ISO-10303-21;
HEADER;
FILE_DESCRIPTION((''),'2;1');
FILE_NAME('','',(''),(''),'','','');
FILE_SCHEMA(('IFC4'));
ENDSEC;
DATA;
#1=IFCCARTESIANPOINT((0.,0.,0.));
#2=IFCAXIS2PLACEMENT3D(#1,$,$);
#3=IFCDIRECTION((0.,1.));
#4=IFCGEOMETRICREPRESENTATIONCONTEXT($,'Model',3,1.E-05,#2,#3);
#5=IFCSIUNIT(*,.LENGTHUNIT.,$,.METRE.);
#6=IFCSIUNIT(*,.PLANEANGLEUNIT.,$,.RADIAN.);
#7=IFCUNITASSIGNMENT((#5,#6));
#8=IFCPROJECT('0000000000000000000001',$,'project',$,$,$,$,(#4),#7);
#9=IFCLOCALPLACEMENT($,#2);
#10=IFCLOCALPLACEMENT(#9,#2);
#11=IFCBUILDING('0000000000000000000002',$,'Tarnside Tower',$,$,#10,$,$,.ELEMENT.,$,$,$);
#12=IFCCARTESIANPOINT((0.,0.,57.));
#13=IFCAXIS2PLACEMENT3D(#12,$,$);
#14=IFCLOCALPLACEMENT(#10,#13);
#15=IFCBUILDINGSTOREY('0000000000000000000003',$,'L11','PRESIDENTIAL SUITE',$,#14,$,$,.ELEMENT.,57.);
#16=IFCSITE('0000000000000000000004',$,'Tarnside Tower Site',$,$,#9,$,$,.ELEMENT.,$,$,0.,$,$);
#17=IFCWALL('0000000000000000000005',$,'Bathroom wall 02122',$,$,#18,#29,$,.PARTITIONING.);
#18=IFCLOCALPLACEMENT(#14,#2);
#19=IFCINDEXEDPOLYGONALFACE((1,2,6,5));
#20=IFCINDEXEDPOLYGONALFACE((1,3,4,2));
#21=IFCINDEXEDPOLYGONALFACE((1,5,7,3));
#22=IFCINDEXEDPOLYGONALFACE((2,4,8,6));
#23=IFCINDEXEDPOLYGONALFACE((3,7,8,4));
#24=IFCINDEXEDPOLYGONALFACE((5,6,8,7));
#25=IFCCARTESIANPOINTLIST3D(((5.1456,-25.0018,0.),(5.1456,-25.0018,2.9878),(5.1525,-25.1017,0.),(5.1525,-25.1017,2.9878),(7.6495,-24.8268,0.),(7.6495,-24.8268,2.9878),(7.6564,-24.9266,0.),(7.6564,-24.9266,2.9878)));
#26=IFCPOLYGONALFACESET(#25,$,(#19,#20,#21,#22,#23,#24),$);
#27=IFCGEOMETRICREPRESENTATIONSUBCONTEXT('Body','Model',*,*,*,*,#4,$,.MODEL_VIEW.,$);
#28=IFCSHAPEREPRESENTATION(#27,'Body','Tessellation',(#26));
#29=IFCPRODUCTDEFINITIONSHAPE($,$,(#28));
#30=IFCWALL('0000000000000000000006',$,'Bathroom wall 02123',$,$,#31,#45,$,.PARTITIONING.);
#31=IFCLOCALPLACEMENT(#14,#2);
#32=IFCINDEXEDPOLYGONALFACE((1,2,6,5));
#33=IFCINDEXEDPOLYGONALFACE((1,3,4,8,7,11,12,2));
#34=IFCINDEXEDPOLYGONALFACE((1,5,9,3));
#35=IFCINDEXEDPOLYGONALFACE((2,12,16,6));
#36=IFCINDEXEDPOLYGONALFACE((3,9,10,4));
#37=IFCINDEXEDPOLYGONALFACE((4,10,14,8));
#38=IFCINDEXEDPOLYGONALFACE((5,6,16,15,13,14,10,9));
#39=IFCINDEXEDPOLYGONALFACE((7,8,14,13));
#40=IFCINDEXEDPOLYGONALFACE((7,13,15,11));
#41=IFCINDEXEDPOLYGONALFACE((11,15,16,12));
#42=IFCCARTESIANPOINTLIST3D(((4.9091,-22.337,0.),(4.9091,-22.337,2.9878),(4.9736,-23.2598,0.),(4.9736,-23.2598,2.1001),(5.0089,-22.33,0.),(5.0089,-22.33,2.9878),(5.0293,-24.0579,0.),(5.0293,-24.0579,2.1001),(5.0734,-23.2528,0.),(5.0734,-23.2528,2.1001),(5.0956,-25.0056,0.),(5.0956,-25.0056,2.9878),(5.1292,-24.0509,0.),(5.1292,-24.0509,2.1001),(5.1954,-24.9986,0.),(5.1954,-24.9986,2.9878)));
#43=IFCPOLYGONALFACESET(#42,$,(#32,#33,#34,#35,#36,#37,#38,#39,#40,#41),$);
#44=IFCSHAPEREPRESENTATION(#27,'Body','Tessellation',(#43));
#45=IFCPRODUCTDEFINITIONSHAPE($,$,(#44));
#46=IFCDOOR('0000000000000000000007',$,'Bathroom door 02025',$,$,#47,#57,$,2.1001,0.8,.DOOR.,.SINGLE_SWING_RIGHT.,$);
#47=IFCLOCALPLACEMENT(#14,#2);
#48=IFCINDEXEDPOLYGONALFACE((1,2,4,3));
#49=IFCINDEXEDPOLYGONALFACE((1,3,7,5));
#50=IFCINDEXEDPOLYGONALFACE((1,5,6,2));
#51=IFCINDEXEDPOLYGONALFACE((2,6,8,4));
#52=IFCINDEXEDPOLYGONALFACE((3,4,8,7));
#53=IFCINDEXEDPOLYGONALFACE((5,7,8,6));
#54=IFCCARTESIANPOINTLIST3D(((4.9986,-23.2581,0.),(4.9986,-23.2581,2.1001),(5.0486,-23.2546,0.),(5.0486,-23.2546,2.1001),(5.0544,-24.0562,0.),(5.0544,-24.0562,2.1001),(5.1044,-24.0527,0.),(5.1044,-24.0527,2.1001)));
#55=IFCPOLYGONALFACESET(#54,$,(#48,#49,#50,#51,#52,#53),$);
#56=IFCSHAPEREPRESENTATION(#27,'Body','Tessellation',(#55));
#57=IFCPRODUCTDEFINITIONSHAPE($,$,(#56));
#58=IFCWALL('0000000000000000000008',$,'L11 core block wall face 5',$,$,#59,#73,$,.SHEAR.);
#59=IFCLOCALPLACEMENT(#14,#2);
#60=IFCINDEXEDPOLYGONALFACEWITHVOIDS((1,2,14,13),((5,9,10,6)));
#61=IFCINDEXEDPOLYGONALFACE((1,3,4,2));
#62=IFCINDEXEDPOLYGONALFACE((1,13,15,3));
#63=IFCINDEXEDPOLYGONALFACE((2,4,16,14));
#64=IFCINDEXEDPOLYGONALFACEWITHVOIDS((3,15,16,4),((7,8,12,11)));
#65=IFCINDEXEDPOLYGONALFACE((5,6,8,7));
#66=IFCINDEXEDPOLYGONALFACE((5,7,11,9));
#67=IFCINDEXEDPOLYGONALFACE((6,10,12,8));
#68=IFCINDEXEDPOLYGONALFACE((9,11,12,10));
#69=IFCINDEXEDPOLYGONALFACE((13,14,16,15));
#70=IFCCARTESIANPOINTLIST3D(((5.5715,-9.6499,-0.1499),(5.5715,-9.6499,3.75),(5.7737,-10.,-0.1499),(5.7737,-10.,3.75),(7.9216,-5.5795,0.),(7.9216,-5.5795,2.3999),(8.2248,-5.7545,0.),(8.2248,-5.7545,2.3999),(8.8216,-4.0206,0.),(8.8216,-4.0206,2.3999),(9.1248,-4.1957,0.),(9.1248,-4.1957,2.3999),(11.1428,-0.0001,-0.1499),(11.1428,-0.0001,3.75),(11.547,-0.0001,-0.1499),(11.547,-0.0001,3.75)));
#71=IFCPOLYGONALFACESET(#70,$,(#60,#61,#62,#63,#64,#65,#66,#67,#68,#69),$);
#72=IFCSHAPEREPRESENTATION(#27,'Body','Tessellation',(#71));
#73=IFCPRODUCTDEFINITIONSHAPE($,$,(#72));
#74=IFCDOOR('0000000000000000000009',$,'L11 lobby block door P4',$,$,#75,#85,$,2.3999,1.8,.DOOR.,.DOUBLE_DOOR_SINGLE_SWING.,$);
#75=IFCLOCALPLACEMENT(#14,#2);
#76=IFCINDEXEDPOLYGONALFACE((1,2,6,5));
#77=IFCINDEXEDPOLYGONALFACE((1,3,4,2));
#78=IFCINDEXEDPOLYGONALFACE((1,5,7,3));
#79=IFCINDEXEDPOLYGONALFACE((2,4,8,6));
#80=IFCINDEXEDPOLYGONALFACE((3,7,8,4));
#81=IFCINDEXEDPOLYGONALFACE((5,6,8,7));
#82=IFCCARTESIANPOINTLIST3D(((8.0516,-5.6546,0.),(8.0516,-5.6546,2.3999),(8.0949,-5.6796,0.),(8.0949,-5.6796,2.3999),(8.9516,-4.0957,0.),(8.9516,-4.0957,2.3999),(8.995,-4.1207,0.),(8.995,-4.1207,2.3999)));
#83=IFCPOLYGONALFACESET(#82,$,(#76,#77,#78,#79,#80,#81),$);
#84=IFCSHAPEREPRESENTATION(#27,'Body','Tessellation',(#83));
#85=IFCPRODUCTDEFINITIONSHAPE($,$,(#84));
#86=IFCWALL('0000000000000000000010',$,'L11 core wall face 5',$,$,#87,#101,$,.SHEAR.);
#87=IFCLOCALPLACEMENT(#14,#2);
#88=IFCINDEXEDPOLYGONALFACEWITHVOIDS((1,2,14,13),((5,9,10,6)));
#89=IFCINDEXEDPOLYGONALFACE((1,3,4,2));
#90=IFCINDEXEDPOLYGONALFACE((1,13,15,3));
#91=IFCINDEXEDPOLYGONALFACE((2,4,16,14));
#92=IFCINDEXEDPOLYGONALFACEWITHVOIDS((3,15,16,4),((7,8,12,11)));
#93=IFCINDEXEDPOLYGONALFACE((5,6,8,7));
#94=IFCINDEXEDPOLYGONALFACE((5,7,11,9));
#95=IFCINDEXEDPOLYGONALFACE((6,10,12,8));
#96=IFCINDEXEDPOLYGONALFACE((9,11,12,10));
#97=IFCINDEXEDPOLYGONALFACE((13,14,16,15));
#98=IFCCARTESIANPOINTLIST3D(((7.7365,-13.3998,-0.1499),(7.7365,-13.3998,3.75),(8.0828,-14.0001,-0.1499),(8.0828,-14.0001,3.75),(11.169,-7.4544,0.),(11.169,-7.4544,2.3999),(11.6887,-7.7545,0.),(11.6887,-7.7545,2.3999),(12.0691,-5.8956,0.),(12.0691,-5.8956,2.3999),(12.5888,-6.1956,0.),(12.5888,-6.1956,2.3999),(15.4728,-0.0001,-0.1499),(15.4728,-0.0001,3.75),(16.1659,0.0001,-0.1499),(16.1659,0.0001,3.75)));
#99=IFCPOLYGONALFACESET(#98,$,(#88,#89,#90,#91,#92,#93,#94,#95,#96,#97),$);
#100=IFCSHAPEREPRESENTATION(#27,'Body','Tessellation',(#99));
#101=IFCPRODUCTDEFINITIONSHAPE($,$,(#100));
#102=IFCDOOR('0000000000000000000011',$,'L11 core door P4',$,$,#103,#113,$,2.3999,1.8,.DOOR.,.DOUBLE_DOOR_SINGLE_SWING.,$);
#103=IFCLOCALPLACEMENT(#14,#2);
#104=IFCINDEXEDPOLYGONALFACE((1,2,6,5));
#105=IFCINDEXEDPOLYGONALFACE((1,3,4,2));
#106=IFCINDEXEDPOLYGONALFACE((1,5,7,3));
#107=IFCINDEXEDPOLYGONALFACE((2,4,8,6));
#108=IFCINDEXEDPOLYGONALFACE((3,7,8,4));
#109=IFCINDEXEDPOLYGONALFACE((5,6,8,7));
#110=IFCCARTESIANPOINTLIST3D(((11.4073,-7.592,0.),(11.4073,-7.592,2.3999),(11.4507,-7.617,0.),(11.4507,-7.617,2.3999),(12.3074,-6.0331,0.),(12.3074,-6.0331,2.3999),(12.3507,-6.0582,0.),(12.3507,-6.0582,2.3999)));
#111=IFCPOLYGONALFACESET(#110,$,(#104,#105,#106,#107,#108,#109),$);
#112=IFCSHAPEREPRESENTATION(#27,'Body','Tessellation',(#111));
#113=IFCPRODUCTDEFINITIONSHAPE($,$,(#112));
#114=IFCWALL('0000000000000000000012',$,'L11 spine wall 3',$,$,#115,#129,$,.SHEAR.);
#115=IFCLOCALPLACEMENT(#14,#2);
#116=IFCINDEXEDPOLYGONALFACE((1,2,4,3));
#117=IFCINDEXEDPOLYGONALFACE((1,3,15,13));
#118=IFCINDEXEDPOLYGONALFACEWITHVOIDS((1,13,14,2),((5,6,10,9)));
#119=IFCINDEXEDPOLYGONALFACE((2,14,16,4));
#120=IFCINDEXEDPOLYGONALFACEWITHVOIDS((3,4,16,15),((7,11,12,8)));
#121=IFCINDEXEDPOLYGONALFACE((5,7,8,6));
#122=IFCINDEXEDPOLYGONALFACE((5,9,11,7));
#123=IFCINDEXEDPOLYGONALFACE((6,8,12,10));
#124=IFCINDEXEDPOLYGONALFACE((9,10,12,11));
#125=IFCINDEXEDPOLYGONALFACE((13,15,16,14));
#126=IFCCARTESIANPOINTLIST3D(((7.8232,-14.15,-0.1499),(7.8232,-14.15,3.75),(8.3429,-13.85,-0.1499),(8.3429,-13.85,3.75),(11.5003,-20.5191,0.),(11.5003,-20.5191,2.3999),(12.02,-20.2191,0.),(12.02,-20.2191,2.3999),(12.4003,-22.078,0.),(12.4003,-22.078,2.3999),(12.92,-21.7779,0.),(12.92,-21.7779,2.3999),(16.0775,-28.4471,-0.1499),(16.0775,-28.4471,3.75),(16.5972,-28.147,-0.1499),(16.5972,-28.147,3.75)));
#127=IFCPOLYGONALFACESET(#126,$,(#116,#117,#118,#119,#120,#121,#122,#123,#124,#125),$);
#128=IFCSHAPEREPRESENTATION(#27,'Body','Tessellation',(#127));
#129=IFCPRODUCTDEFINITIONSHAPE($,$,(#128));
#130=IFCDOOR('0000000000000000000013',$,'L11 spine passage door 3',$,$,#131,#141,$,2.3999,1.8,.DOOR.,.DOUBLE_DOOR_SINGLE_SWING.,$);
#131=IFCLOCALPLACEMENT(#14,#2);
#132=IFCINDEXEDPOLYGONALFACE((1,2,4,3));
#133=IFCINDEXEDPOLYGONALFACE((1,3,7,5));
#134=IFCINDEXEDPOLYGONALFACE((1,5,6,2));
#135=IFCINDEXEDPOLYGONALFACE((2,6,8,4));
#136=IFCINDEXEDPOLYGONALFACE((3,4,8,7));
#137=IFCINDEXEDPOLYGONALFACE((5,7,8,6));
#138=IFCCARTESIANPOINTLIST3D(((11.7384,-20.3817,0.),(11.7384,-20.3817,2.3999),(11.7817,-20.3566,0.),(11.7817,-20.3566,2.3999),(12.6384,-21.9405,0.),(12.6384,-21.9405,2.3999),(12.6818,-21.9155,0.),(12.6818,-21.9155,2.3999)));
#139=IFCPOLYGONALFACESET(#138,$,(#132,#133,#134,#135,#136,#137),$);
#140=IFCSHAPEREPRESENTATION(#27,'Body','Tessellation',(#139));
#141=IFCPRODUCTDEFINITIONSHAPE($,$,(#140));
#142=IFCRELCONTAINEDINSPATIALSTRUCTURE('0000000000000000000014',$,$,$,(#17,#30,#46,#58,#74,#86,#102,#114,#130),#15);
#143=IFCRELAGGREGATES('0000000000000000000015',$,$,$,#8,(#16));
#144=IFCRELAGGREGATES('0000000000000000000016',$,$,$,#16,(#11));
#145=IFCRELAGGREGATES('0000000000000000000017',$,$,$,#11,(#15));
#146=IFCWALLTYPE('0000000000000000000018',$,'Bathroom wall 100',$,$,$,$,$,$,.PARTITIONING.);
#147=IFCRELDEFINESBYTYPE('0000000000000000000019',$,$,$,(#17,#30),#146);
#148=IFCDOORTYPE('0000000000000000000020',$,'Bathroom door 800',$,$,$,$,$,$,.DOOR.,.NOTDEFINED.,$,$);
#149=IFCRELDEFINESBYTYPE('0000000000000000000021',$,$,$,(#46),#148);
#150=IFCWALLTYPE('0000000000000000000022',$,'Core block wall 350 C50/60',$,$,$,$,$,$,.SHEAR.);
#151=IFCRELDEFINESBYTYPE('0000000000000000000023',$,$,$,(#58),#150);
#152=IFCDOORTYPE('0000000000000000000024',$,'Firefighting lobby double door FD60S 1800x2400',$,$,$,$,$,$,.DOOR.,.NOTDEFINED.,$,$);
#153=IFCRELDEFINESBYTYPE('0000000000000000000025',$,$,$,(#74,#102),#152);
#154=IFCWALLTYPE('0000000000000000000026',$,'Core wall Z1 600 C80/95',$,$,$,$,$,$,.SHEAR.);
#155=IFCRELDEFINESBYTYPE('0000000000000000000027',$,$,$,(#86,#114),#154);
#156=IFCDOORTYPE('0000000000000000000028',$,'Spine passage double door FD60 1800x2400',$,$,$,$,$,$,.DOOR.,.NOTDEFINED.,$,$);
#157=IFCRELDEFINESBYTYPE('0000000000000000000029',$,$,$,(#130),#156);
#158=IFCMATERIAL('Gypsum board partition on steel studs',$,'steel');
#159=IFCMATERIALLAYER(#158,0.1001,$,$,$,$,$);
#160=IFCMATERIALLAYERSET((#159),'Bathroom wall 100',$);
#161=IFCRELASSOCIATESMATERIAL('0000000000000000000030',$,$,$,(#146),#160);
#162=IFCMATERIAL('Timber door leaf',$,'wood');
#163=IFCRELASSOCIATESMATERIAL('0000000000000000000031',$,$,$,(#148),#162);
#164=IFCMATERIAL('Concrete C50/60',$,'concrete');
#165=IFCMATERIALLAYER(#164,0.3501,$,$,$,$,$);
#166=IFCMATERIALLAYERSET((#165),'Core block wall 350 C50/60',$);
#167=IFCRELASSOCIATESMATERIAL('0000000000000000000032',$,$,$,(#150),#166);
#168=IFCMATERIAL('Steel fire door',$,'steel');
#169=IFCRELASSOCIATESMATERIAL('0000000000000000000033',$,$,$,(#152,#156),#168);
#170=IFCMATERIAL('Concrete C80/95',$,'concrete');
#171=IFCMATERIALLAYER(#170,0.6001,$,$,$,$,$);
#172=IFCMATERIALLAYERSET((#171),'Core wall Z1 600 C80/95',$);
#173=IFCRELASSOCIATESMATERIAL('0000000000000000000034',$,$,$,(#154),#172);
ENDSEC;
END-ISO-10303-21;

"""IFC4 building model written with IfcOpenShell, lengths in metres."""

from ifc_helpers import new_model, si_unit, direction, frame, frame_2d, origin, place, context, subcontext, project, spatial, polyline, rectangle, outline, extrude, material, layer, layer_set, type_object, element, fill, save


model = new_model("IFC4")

# Units and contexts
model_context = context("Model", 3, precision=1e-05, world=origin(), true_north=direction((0.0, 1.0)))
body_context = subcontext(model_context, "Body", "Model", "MODEL_VIEW")
ifc_project = project(units=[si_unit("LENGTHUNIT", "METRE"), si_unit("PLANEANGLEUNIT", "RADIAN")], contexts=[model_context])

# Site, building, storey
site_placement = place(None, origin())
site = spatial("IfcSite", under=ifc_project, at=site_placement, Name="Tarnside Tower Site", CompositionType="ELEMENT", RefElevation=0.0)
building_placement = place(site_placement, origin())
building = spatial("IfcBuilding", under=site, at=building_placement, Name="Tarnside Tower", CompositionType="ELEMENT")
storey_placement = place(building_placement, frame((0.0, 0.0, 57.0)))
storey = spatial("IfcBuildingStorey", under=building, at=storey_placement, Name="L11", Description="PRESIDENTIAL SUITE", CompositionType="ELEMENT", Elevation=57.0)

# Wall
ifc_material_1 = material(Name="Gypsum board partition on steel studs", Category="steel")
ifc_layer_1 = layer(ifc_material_1, 0.1001)
ifc_layer_set_1 = layer_set([ifc_layer_1], Name="Bathroom wall 100")
wall_type_1 = type_object("IfcWallType", Name="Bathroom wall 100", PredefinedType="PARTITIONING", material=ifc_layer_set_1)
wall_1_placement = place(storey_placement, frame((7.6528, -24.8767, 0.0), z_axis=(0.0, 0.0, 1.0), x_axis=(-0.997565, -0.06974, 0.0)))
element("IfcWall", 1, at=wall_1_placement, inside=storey, type_object=wall_type_1, Name="Bathroom wall 02122", PredefinedType="PARTITIONING", context=body_context, shape_type="SweptSolid", body=[
    extrude(rectangle(XDim=2.51, YDim=0.1001, at=frame_2d((1.2549, 0.0))), origin(), (0.0, 0.0, 1.0), 2.9878),
])

# Walls, openings, doors
wall_2_placement = place(storey_placement, frame((5.1455, -25.002, 0.0), z_axis=(0.0, 0.0, 1.0), x_axis=(-0.069729, 0.997566, 0.0)))
wall_2 = element("IfcWall", 2, at=wall_2_placement, inside=storey, type_object=wall_type_1, Name="Bathroom wall 02123", PredefinedType="PARTITIONING", context=body_context, shape_type="SweptSolid", body=[
    extrude(rectangle(XDim=2.675, YDim=0.1001, at=frame_2d((1.3374, 0.0))), origin(), (0.0, 0.0, 1.0), 2.9878),
])
opening_1_placement = place(wall_2_placement, frame((0.95, 0.0, 0.0)))
opening_1 = element("IfcOpeningElement", 3, at=opening_1_placement, cuts=wall_2, PredefinedType="OPENING", context=body_context, shape_type="SweptSolid", body=[
    extrude(rectangle(XDim=0.8, YDim=2.1001, at=frame_2d((0.3999, 1.05))), frame((0.0, 0.0601, 0.0), z_axis=(0.0, -1.0, 0.0), x_axis=(1.0, 0.0, 0.0)), (0.0, 0.0, 1.0), 0.1201),
])
ifc_material_2 = material(Name="Timber door leaf", Category="wood")
door_type_1 = type_object("IfcDoorType", Name="Bathroom door 800", OperationType="NOTDEFINED", PredefinedType="DOOR", material=ifc_material_2)
door_1_placement = place(opening_1_placement, origin())
door_1 = element("IfcDoor", 4, at=door_1_placement, inside=storey, type_object=door_type_1, Name="Bathroom door 02025", OperationType="SINGLE_SWING_RIGHT", OverallHeight=2.1001, OverallWidth=0.8, PredefinedType="DOOR", context=body_context, shape_type="SweptSolid", body=[
    extrude(rectangle(XDim=0.8, YDim=2.1001, at=frame_2d((0.3999, 1.05))), frame((0.0, 0.0249, 0.0), z_axis=(0.0, -1.0, 0.0), x_axis=(1.0, 0.0, 0.0)), (0.0, 0.0, 1.0), 0.05),
])
fill(opening_1, door_1)
ifc_material_3 = material(Name="Concrete C50/60", Category="concrete")
ifc_layer_2 = layer(ifc_material_3, 0.3501)
ifc_layer_set_2 = layer_set([ifc_layer_2], Name="Core block wall 350 C50/60")
wall_type_2 = type_object("IfcWallType", Name="Core block wall 350 C50/60", PredefinedType="SHEAR", material=ifc_layer_set_2)
wall_3_placement = place(storey_placement, frame((5.6726, -9.825, -0.1499), z_axis=(0.0, 0.0, 1.0), x_axis=(0.499995, 0.866028, 0.0)))
wall_3 = element("IfcWall", 5, at=wall_3_placement, inside=storey, type_object=wall_type_2, Name="L11 core block wall face 5", PredefinedType="SHEAR", context=body_context, shape_type="SweptSolid", body=[
    extrude(outline(polyline([(-0.1011, -0.175), (11.4458, -0.175), (11.2437, 0.175), (0.1011, 0.175), (-0.1011, -0.175)])), origin(), (0.0, 0.0, 1.0), 3.8999),
])
opening_2_placement = place(wall_3_placement, frame((4.8013, 0.0, 0.1499)))
opening_2 = element("IfcOpeningElement", 6, at=opening_2_placement, cuts=wall_3, PredefinedType="OPENING", context=body_context, shape_type="SweptSolid", body=[
    extrude(rectangle(XDim=1.8, YDim=2.3999, at=frame_2d((0.8999, 1.2))), frame((0.0, 0.1851, 0.0), z_axis=(0.0, -1.0, 0.0), x_axis=(1.0, 0.0, 0.0)), (0.0, 0.0, 1.0), 0.3701),
])
ifc_material_4 = material(Name="Steel fire door", Category="steel")
door_type_2 = type_object("IfcDoorType", Name="Firefighting lobby double door FD60S 1800x2400", OperationType="NOTDEFINED", PredefinedType="DOOR", material=ifc_material_4)
door_2_placement = place(opening_2_placement, origin())
door_2 = element("IfcDoor", 7, at=door_2_placement, inside=storey, type_object=door_type_2, Name="L11 lobby block door P4", OperationType="DOUBLE_DOOR_SINGLE_SWING", OverallHeight=2.3999, OverallWidth=1.8, PredefinedType="DOOR", context=body_context, shape_type="SweptSolid", body=[
    extrude(rectangle(XDim=1.8, YDim=2.3999, at=frame_2d((0.8999, 1.2))), frame((0.0, 0.0249, 0.0), z_axis=(0.0, -1.0, 0.0), x_axis=(1.0, 0.0, 0.0)), (0.0, 0.0, 1.0), 0.05),
])
fill(opening_2, door_2)
ifc_material_5 = material(Name="Concrete C80/95", Category="concrete")
ifc_layer_3 = layer(ifc_material_5, 0.6001)
ifc_layer_set_3 = layer_set([ifc_layer_3], Name="Core wall Z1 600 C80/95")
wall_type_3 = type_object("IfcWallType", Name="Core wall Z1 600 C80/95", PredefinedType="SHEAR", material=ifc_layer_set_3)
wall_4_placement = place(storey_placement, frame((7.9097, -13.7, -0.1499), z_axis=(0.0, 0.0, 1.0), x_axis=(0.5, 0.866025, 0.0)))
wall_4 = element("IfcWall", 8, at=wall_4_placement, inside=storey, type_object=wall_type_3, Name="L11 core wall face 5", PredefinedType="SHEAR", context=body_context, shape_type="SweptSolid", body=[
    extrude(outline(polyline([(-0.1733, -0.3), (15.9927, -0.3), (15.646, 0.3), (0.1733, 0.3), (-0.1733, -0.3)])), origin(), (0.0, 0.0, 1.0), 3.8999),
])
opening_3_placement = place(wall_4_placement, frame((7.0386, 0.0, 0.1499)))
opening_3 = element("IfcOpeningElement", 9, at=opening_3_placement, cuts=wall_4, PredefinedType="OPENING", context=body_context, shape_type="SweptSolid", body=[
    extrude(rectangle(XDim=1.8, YDim=2.3999, at=frame_2d((0.8999, 1.2))), frame((0.0, 0.3101, 0.0), z_axis=(0.0, -1.0, 0.0), x_axis=(1.0, 0.0, 0.0)), (0.0, 0.0, 1.0), 0.6201),
])
door_3_placement = place(opening_3_placement, origin())
door_3 = element("IfcDoor", 10, at=door_3_placement, inside=storey, type_object=door_type_2, Name="L11 core door P4", OperationType="DOUBLE_DOOR_SINGLE_SWING", OverallHeight=2.3999, OverallWidth=1.8, PredefinedType="DOOR", context=body_context, shape_type="SweptSolid", body=[
    extrude(rectangle(XDim=1.8, YDim=2.3999, at=frame_2d((0.8999, 1.2))), frame((0.0, 0.0249, 0.0), z_axis=(0.0, -1.0, 0.0), x_axis=(1.0, 0.0, 0.0)), (0.0, 0.0, 1.0), 0.05),
])
fill(opening_3, door_3)
wall_5_placement = place(storey_placement, frame((8.083, -14.0, -0.1499), z_axis=(0.0, 0.0, 1.0), x_axis=(0.499998, -0.866027, 0.0)))
wall_5 = element("IfcWall", 11, at=wall_5_placement, inside=storey, type_object=wall_type_3, Name="L11 spine wall 3", PredefinedType="SHEAR", context=body_context, shape_type="SweptSolid", body=[
    extrude(rectangle(XDim=16.5088, YDim=0.6001, at=frame_2d((8.2544, 0.0))), origin(), (0.0, 0.0, 1.0), 3.8999),
])
opening_4_placement = place(wall_5_placement, frame((7.3545, 0.0, 0.1499)))
opening_4 = element("IfcOpeningElement", 12, at=opening_4_placement, cuts=wall_5, PredefinedType="OPENING", context=body_context, shape_type="SweptSolid", body=[
    extrude(rectangle(XDim=1.8, YDim=2.3999, at=frame_2d((0.8999, 1.2))), frame((0.0, 0.3101, 0.0), z_axis=(0.0, -1.0, 0.0), x_axis=(1.0, 0.0, 0.0)), (0.0, 0.0, 1.0), 0.6201),
])
door_type_3 = type_object("IfcDoorType", Name="Spine passage double door FD60 1800x2400", OperationType="NOTDEFINED", PredefinedType="DOOR", material=ifc_material_4)
door_4_placement = place(opening_4_placement, origin())
door_4 = element("IfcDoor", 13, at=door_4_placement, inside=storey, type_object=door_type_3, Name="L11 spine passage door 3", OperationType="DOUBLE_DOOR_SINGLE_SWING", OverallHeight=2.3999, OverallWidth=1.8, PredefinedType="DOOR", context=body_context, shape_type="SweptSolid", body=[
    extrude(rectangle(XDim=1.8, YDim=2.3999, at=frame_2d((0.8999, 1.2))), frame((0.0, 0.0249, 0.0), z_axis=(0.0, -1.0, 0.0), x_axis=(1.0, 0.0, 0.0)), (0.0, 0.0, 1.0), 0.05),
])
fill(opening_4, door_4)

save(model, "model.ifc")
